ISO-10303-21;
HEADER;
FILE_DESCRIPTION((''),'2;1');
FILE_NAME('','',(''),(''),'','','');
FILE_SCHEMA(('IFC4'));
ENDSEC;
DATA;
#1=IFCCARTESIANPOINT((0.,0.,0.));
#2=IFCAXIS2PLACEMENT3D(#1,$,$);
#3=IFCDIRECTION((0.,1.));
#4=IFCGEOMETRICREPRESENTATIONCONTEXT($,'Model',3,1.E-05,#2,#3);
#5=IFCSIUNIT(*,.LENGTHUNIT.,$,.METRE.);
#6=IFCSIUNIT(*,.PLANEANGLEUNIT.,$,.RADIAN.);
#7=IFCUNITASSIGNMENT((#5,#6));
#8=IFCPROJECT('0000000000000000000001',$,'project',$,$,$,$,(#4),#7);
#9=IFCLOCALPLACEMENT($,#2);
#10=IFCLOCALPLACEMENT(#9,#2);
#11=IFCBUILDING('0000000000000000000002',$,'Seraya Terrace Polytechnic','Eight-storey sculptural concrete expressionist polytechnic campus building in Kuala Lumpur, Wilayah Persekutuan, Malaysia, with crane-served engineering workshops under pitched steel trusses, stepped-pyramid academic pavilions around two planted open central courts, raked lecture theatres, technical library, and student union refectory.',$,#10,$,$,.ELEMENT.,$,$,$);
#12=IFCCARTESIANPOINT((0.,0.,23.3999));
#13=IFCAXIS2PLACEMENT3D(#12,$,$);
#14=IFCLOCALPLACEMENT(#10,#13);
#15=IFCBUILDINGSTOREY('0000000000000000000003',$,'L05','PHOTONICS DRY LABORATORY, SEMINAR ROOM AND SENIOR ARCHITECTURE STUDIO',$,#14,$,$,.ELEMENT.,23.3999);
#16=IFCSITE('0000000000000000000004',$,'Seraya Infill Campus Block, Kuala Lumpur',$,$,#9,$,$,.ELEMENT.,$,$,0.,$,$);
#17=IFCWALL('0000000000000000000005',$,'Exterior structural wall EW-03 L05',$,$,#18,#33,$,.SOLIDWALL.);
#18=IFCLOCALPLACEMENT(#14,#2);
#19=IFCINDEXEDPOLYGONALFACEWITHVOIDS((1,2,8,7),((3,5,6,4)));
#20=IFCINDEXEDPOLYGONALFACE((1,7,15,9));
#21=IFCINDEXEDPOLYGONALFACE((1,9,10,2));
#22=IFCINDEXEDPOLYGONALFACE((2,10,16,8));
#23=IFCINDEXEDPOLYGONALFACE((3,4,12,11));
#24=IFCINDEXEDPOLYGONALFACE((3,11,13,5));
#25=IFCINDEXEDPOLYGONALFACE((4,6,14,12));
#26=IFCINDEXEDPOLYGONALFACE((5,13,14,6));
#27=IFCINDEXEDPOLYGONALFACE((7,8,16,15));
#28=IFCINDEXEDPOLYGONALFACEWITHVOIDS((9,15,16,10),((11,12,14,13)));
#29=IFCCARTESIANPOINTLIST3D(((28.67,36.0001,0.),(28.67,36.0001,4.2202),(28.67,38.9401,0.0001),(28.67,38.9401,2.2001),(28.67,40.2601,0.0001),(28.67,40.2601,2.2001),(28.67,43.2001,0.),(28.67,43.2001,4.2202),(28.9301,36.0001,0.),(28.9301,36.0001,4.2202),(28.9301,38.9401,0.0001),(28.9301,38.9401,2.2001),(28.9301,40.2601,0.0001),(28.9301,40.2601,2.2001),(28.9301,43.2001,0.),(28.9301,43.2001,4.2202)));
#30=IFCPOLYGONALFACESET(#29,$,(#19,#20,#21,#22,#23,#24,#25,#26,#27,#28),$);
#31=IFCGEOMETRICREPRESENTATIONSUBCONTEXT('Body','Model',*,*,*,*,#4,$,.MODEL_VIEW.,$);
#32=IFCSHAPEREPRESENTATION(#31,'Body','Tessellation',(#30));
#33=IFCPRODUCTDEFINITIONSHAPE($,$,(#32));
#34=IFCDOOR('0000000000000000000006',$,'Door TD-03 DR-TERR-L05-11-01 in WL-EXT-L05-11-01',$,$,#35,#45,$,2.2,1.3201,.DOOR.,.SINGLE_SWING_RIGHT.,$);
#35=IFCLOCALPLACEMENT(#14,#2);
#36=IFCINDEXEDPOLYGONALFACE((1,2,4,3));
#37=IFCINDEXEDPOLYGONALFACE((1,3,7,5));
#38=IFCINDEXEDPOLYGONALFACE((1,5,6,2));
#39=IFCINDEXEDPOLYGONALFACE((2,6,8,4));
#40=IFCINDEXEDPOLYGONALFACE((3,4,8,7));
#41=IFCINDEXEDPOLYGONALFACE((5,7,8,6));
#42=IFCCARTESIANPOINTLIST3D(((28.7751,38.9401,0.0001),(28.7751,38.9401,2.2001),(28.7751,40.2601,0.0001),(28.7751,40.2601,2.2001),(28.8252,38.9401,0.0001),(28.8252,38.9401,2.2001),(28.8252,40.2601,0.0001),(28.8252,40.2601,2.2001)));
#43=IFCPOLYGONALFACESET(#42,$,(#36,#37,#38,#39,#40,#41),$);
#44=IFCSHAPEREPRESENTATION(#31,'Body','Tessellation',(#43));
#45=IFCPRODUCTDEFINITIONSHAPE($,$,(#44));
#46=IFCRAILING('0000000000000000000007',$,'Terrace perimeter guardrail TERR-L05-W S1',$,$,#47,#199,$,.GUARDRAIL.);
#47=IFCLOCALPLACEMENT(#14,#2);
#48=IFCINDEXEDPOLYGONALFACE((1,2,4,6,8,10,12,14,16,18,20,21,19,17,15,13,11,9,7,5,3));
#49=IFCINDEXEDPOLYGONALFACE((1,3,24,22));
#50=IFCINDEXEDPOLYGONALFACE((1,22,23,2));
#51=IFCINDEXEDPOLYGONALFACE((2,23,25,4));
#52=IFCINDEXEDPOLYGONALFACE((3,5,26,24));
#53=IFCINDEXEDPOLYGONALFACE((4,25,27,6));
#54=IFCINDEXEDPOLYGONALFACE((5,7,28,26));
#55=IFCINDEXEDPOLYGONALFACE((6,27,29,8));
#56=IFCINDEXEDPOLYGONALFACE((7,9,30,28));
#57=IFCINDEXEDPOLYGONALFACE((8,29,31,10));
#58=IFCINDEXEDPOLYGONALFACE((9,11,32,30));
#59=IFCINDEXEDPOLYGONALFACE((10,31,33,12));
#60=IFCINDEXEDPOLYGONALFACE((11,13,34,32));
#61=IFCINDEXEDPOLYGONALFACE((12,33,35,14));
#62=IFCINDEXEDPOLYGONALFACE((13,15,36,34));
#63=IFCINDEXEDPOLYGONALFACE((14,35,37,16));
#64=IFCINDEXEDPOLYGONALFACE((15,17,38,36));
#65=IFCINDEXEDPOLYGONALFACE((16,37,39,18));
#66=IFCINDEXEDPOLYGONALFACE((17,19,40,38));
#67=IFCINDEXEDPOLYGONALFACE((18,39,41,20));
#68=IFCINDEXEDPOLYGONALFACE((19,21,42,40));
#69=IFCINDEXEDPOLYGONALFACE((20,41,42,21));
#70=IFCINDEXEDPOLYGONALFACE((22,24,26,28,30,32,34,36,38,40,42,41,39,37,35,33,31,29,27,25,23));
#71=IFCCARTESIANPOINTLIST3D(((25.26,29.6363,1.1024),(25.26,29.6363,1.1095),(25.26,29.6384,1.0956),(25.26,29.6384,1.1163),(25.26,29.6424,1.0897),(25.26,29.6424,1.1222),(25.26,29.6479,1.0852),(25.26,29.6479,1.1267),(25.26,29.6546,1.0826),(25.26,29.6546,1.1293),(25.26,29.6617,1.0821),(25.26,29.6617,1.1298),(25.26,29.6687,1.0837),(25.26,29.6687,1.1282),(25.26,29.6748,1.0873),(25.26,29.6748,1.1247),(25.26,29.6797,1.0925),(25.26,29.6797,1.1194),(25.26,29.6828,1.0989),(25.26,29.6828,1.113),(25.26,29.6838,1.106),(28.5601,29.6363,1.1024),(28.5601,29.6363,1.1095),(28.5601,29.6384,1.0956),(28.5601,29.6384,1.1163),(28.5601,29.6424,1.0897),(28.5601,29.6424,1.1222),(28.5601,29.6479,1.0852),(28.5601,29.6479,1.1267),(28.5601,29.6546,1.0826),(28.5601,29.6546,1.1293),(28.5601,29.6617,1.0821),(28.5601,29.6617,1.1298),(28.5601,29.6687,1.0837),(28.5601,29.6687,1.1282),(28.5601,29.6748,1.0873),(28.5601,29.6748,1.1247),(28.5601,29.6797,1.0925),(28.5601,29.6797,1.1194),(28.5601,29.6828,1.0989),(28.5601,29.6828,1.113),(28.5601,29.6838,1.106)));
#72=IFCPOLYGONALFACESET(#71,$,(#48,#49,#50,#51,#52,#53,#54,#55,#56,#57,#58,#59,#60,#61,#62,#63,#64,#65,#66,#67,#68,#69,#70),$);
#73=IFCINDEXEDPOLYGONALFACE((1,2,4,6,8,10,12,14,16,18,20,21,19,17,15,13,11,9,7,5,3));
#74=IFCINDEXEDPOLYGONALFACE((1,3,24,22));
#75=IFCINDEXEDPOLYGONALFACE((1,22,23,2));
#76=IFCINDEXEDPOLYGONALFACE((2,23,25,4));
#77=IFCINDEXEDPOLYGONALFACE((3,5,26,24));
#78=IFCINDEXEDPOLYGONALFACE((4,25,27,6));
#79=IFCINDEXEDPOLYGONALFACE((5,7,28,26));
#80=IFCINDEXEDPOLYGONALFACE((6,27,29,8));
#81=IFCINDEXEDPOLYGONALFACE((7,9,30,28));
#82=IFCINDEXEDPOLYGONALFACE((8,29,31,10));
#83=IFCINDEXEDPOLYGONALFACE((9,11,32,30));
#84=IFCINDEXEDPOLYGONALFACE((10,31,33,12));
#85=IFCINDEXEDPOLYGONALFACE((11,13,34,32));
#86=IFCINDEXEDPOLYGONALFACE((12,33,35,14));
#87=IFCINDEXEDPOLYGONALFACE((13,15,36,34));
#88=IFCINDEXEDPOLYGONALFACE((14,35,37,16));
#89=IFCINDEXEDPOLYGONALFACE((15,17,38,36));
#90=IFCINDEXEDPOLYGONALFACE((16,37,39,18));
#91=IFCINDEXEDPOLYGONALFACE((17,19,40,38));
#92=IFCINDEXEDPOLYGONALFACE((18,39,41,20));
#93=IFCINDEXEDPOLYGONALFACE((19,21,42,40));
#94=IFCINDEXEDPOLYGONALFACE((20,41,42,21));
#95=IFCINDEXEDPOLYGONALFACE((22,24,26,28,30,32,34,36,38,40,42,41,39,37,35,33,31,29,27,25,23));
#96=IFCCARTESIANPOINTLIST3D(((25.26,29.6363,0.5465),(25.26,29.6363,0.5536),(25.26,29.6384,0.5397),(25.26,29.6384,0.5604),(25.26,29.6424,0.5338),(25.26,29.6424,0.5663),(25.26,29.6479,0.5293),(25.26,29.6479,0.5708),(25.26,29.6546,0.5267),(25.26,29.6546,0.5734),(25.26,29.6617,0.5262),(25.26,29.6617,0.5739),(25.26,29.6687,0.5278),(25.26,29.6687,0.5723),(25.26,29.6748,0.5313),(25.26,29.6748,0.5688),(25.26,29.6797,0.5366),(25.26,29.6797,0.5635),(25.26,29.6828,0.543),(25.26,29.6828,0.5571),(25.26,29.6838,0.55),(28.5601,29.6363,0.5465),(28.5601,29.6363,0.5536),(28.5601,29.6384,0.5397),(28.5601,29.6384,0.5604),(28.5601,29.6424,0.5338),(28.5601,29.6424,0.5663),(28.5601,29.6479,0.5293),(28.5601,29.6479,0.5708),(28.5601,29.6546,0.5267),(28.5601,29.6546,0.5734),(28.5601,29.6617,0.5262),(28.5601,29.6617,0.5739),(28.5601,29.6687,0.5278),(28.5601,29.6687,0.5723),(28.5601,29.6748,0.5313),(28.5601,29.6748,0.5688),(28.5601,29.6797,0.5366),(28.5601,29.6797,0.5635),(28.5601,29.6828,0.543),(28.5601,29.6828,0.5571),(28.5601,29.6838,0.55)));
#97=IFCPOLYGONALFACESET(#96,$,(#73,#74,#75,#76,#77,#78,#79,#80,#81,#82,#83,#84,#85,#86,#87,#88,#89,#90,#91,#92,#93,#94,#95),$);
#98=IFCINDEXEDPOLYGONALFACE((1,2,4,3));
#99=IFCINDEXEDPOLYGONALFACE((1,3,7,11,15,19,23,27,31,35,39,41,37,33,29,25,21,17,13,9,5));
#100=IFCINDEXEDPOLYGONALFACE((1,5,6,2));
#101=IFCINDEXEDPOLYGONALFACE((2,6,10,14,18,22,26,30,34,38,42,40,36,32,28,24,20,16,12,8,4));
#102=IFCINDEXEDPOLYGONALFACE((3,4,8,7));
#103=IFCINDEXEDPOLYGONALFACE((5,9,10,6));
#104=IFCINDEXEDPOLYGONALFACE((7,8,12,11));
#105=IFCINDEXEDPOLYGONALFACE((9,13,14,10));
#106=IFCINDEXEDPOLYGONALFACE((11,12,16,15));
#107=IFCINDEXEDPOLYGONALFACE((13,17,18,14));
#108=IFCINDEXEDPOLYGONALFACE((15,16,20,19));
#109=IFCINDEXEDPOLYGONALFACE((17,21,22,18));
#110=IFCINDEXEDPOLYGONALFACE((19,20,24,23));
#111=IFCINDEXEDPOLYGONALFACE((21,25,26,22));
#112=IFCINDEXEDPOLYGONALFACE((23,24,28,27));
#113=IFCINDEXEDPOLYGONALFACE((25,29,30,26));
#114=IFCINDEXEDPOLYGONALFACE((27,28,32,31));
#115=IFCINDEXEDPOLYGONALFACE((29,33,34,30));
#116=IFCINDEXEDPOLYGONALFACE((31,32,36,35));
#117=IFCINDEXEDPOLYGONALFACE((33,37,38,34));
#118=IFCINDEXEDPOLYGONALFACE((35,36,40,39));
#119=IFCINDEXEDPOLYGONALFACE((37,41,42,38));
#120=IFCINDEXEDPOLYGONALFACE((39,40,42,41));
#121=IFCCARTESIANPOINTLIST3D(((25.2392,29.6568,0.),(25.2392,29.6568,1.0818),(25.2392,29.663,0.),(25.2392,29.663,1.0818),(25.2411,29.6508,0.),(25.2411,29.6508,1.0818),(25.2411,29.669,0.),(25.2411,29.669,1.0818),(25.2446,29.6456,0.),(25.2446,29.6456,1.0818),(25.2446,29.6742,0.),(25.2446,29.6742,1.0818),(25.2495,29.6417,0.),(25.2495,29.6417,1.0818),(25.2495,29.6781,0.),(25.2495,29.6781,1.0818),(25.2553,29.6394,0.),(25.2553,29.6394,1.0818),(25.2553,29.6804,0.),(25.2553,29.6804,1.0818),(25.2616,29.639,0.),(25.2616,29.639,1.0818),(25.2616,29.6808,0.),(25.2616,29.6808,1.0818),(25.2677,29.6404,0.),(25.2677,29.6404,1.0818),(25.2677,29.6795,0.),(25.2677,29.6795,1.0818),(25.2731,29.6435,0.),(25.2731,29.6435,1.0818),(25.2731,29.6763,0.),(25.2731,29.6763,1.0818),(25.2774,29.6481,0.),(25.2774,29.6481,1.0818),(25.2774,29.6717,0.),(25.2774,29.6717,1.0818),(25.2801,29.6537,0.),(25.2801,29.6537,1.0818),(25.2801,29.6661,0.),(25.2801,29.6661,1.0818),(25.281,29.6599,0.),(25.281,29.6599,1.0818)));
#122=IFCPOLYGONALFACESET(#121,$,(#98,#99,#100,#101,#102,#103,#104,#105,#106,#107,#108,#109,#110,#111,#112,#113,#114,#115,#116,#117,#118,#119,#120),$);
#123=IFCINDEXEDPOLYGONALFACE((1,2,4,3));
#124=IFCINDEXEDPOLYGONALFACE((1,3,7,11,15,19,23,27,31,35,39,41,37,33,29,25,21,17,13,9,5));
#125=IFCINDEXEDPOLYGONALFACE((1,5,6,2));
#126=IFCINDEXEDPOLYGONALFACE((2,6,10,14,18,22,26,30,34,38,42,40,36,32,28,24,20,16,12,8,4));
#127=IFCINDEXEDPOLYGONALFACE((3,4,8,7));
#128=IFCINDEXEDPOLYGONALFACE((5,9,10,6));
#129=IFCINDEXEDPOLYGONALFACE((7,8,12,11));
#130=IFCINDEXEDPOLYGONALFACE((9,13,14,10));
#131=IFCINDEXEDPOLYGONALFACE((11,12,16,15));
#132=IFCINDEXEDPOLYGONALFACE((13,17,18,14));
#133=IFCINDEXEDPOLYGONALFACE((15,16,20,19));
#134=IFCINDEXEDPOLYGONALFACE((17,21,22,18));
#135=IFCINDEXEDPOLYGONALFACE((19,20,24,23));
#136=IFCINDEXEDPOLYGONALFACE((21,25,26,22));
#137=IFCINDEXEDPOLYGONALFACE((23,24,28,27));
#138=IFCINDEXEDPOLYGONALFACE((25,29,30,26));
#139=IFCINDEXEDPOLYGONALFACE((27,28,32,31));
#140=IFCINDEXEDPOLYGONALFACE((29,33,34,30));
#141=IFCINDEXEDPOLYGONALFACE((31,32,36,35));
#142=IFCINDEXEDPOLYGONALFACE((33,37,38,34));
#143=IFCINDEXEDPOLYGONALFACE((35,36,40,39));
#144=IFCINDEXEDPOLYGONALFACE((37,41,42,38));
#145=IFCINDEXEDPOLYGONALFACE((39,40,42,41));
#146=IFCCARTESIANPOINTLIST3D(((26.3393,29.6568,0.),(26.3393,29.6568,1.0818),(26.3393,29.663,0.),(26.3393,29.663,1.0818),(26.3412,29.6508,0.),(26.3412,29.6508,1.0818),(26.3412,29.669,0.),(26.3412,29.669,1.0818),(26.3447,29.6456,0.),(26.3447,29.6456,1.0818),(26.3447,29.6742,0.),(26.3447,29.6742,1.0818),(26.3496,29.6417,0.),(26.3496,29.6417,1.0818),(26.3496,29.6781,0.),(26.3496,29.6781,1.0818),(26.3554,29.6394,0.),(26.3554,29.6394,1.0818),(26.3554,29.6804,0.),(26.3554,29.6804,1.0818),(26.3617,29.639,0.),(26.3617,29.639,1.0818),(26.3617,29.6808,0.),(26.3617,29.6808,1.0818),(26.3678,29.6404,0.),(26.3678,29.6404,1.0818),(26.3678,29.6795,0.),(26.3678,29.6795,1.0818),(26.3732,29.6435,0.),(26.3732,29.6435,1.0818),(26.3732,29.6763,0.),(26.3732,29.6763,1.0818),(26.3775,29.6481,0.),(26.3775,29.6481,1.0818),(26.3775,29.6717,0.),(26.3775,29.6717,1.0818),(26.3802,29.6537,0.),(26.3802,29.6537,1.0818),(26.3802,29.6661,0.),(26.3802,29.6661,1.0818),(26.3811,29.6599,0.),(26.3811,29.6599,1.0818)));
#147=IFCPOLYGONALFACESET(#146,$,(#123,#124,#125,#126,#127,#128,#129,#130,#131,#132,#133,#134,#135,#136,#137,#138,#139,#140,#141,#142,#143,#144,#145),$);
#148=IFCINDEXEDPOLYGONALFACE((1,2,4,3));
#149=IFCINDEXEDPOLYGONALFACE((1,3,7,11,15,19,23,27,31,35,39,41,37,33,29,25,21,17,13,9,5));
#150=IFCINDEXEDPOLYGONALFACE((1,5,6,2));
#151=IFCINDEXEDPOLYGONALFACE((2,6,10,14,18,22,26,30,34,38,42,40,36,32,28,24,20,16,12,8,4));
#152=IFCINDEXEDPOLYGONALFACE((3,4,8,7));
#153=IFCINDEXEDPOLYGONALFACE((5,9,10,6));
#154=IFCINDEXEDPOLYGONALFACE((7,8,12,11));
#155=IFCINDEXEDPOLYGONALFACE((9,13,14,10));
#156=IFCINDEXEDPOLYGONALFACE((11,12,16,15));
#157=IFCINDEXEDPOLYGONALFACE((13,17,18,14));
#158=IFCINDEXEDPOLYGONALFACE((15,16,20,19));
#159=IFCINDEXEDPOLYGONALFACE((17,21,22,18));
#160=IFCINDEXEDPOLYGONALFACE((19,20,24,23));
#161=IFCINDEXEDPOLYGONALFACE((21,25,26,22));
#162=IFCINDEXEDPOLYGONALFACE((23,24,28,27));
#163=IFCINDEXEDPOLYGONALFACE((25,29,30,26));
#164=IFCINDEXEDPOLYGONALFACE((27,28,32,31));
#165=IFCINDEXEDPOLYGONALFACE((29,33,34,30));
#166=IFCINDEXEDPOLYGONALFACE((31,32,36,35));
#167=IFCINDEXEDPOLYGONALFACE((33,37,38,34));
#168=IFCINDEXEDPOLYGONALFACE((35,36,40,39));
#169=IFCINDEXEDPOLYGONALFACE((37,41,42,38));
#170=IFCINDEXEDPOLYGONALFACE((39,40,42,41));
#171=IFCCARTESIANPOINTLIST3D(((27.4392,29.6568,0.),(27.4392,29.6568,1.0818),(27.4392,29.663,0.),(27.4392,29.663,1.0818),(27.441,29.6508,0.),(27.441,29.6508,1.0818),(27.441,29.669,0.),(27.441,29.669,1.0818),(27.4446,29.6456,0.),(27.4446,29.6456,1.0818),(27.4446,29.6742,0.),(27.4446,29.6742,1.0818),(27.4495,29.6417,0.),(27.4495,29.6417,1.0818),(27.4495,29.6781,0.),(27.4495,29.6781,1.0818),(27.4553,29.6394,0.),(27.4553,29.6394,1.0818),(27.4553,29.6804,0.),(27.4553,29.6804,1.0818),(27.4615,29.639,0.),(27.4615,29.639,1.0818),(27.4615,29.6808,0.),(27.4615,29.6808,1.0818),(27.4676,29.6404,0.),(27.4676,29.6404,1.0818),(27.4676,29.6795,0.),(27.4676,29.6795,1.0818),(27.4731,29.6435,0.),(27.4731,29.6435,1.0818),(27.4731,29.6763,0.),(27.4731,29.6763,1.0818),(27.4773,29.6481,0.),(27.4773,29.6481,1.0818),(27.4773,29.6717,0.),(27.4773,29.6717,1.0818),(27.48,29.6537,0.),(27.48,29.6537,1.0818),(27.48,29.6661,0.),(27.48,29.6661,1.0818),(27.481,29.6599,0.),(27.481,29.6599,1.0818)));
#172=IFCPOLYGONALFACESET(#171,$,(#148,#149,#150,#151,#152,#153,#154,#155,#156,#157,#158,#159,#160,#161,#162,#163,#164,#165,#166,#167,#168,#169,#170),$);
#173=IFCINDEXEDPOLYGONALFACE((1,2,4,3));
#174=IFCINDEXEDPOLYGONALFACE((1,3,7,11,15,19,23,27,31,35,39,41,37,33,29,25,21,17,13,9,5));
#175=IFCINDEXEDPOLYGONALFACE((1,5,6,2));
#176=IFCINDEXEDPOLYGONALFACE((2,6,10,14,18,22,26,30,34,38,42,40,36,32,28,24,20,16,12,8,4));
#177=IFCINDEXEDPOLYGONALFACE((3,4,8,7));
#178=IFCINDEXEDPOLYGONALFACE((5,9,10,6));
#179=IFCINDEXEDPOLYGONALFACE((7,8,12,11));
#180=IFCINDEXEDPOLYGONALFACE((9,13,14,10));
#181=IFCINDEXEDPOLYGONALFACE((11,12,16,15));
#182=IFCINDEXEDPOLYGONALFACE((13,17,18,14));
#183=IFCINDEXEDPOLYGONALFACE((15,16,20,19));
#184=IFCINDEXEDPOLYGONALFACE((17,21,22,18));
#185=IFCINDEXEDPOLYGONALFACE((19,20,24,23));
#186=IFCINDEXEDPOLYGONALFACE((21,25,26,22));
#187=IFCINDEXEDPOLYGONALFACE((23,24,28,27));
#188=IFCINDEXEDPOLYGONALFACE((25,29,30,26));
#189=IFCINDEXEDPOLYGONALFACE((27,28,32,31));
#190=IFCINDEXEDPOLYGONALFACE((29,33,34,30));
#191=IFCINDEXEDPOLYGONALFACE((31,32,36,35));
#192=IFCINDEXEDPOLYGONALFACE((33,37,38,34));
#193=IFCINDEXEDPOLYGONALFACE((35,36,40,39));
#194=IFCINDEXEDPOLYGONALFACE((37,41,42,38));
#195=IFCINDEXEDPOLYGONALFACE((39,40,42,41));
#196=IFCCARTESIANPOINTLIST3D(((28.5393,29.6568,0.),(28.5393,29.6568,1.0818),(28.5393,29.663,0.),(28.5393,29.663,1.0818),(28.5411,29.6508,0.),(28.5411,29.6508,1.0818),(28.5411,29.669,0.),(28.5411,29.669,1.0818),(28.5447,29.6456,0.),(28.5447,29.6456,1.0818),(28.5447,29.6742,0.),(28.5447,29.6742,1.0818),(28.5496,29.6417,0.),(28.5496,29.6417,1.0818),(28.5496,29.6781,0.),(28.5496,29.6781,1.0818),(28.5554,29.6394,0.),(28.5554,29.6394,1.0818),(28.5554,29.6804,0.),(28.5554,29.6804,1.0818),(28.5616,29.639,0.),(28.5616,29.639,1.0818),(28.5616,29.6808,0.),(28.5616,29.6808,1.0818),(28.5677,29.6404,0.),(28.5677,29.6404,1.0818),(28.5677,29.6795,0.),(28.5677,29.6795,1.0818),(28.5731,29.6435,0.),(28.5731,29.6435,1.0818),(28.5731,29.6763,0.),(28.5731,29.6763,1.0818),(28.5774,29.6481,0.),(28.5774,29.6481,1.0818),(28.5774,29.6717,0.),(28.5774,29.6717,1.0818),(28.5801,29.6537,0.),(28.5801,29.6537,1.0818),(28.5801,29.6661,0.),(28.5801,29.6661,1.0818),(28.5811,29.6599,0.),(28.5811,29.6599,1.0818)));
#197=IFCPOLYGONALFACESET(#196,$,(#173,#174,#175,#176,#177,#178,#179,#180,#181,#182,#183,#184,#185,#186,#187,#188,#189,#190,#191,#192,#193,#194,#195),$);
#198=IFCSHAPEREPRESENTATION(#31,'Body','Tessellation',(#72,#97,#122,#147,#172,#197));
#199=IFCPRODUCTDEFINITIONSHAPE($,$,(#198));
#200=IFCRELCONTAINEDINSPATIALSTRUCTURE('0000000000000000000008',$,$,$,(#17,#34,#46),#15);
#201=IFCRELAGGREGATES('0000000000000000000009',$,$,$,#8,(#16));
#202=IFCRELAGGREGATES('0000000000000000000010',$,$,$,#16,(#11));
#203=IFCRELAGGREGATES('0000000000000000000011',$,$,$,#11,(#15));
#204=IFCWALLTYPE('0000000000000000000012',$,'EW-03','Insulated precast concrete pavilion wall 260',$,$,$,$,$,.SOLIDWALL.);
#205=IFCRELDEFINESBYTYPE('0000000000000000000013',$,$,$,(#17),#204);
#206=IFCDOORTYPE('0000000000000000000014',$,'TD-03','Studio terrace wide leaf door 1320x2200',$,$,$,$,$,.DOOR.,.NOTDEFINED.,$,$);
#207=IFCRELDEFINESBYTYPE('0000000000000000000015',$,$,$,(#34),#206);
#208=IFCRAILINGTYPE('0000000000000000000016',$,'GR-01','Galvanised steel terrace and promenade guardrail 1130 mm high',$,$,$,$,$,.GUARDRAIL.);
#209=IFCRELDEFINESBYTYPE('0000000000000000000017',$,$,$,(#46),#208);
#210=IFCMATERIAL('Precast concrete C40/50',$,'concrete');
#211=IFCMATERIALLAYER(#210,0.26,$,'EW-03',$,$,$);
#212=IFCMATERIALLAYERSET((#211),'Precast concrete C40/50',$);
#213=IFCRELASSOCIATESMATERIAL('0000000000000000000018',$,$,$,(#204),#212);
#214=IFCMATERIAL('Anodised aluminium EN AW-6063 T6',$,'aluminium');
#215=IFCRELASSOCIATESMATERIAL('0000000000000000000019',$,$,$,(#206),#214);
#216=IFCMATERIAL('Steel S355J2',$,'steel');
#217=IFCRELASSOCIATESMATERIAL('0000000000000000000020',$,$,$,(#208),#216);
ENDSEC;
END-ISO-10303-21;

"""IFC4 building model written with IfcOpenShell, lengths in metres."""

from ifc_helpers import new_model, si_unit, direction, frame, frame_2d, origin, origin_2d, place, context, subcontext, project, spatial, rectangle, circle, extrude, material, layer, layer_set, type_object, element, fill, save


model = new_model("IFC4")

# Units and contexts
model_context = context("Model", 3, precision=1e-05, world=origin(), true_north=direction((0.0, 1.0)))
body_context = subcontext(model_context, "Body", "Model", "MODEL_VIEW")
ifc_project = project(units=[si_unit("LENGTHUNIT", "METRE"), si_unit("PLANEANGLEUNIT", "RADIAN")], contexts=[model_context])

# Site, building, storey
site_placement = place(None, origin())
site = spatial("IfcSite", under=ifc_project, at=site_placement, Name="Seraya Infill Campus Block, Kuala Lumpur", CompositionType="ELEMENT", RefElevation=0.0)
building_placement = place(site_placement, origin())
building = spatial("IfcBuilding", under=site, at=building_placement, Name="Seraya Terrace Polytechnic", Description="Eight-storey sculptural concrete expressionist polytechnic campus building in Kuala Lumpur, Wilayah Persekutuan, Malaysia, with crane-served engineering workshops under pitched steel trusses, stepped-pyramid academic pavilions around two planted open central courts, raked lecture theatres, technical library, and student union refectory.", CompositionType="ELEMENT")
storey_placement = place(building_placement, frame((0.0, 0.0, 23.3999)))
storey = spatial("IfcBuildingStorey", under=building, at=storey_placement, Name="L05", Description="PHOTONICS DRY LABORATORY, SEMINAR ROOM AND SENIOR ARCHITECTURE STUDIO", CompositionType="ELEMENT", Elevation=23.3999)

# Wall, opening, door
ifc_material_1 = material(Name="Precast concrete C40/50", Category="concrete")
ifc_layer_1 = layer(ifc_material_1, 0.26, Name="EW-03")
ifc_layer_set_1 = layer_set([ifc_layer_1], Name="Precast concrete C40/50")
wall_type = type_object("IfcWallType", Name="EW-03", Description="Insulated precast concrete pavilion wall 260", PredefinedType="SOLIDWALL", material=ifc_layer_set_1)
ifc_material_2 = material(Name="Anodised aluminium EN AW-6063 T6", Category="aluminium")
wall_1_placement = place(storey_placement, frame((28.8, 36.0, 0.0), z_axis=(0.0, 0.0, 1.0), x_axis=(0.0, 1.0, 0.0)))
wall_1 = element("IfcWall", 1, at=wall_1_placement, inside=storey, type_object=wall_type, Name="Exterior structural wall EW-03 L05", PredefinedType="SOLIDWALL", context=body_context, shape_type="SweptSolid", body=[
    extrude(rectangle(XDim=7.2, YDim=0.26, at=frame_2d((3.6001, 0.0))), origin(), (0.0, 0.0, 1.0), 4.2202),
])
opening_1_placement = place(wall_1_placement, frame((2.9399, 0.0, 0.0)))
opening_1 = element("IfcOpeningElement", 2, at=opening_1_placement, cuts=wall_1, PredefinedType="OPENING", context=body_context, shape_type="SweptSolid", body=[
    extrude(rectangle(XDim=1.3201, YDim=2.2, at=frame_2d((0.6602, 1.1001))), frame((0.0, 0.1421, 0.0), z_axis=(0.0, -1.0, 0.0), x_axis=(1.0, 0.0, 0.0)), (0.0, 0.0, 1.0), 0.2839),
])
door_type_1 = type_object("IfcDoorType", Name="TD-03", Description="Studio terrace wide leaf door 1320x2200", OperationType="NOTDEFINED", PredefinedType="DOOR", material=ifc_material_2)
door_1_placement = place(opening_1_placement, origin())
door_1 = element("IfcDoor", 3, at=door_1_placement, inside=storey, type_object=door_type_1, Name="Door TD-03 DR-TERR-L05-11-01 in WL-EXT-L05-11-01", OperationType="SINGLE_SWING_RIGHT", OverallHeight=2.2, OverallWidth=1.3201, PredefinedType="DOOR", context=body_context, shape_type="SweptSolid", body=[
    extrude(rectangle(XDim=1.3201, YDim=2.2, at=frame_2d((0.6602, 1.1001))), frame((0.0, 0.0249, 0.0), z_axis=(0.0, -1.0, 0.0), x_axis=(1.0, 0.0, 0.0)), (0.0, 0.0, 1.0), 0.05),
])
fill(opening_1, door_1)

# Railing
ifc_material_3 = material(Name="Steel S355J2", Category="steel")
railing_type = type_object("IfcRailingType", Name="GR-01", Description="Galvanised steel terrace and promenade guardrail 1130 mm high", PredefinedType="GUARDRAIL", material=ifc_material_3)
railing_placement = place(storey_placement, frame((25.26, 29.6599, 0.0)))
element("IfcRailing", 4, at=railing_placement, inside=storey, type_object=railing_type, Name="Terrace perimeter guardrail TERR-L05-W S1", PredefinedType="GUARDRAIL", context=body_context, shape_type="SweptSolid", body=[
    extrude(circle(Radius=0.0239, at=origin_2d()), frame((0.0, 0.0, 1.106), z_axis=(1.0, 0.0, 0.0), x_axis=(0.0, 1.0, 0.0)), (0.0, 0.0, 1.0), 3.3),
    extrude(circle(Radius=0.0239, at=origin_2d()), frame((0.0, 0.0, 0.55), z_axis=(1.0, 0.0, 0.0), x_axis=(0.0, 1.0, 0.0)), (0.0, 0.0, 1.0), 3.3),
    extrude(circle(Radius=0.021, at=origin_2d()), origin(), (0.0, 0.0, 1.0), 1.0818),
    extrude(circle(Radius=0.021, at=origin_2d()), frame((1.1001, 0.0, 0.0)), (0.0, 0.0, 1.0), 1.0818),
    extrude(circle(Radius=0.021, at=origin_2d()), frame((2.2, 0.0, 0.0)), (0.0, 0.0, 1.0), 1.0818),
    extrude(circle(Radius=0.021, at=origin_2d()), frame((3.3, 0.0, 0.0)), (0.0, 0.0, 1.0), 1.0818),
])

save(model, "model.ifc")
